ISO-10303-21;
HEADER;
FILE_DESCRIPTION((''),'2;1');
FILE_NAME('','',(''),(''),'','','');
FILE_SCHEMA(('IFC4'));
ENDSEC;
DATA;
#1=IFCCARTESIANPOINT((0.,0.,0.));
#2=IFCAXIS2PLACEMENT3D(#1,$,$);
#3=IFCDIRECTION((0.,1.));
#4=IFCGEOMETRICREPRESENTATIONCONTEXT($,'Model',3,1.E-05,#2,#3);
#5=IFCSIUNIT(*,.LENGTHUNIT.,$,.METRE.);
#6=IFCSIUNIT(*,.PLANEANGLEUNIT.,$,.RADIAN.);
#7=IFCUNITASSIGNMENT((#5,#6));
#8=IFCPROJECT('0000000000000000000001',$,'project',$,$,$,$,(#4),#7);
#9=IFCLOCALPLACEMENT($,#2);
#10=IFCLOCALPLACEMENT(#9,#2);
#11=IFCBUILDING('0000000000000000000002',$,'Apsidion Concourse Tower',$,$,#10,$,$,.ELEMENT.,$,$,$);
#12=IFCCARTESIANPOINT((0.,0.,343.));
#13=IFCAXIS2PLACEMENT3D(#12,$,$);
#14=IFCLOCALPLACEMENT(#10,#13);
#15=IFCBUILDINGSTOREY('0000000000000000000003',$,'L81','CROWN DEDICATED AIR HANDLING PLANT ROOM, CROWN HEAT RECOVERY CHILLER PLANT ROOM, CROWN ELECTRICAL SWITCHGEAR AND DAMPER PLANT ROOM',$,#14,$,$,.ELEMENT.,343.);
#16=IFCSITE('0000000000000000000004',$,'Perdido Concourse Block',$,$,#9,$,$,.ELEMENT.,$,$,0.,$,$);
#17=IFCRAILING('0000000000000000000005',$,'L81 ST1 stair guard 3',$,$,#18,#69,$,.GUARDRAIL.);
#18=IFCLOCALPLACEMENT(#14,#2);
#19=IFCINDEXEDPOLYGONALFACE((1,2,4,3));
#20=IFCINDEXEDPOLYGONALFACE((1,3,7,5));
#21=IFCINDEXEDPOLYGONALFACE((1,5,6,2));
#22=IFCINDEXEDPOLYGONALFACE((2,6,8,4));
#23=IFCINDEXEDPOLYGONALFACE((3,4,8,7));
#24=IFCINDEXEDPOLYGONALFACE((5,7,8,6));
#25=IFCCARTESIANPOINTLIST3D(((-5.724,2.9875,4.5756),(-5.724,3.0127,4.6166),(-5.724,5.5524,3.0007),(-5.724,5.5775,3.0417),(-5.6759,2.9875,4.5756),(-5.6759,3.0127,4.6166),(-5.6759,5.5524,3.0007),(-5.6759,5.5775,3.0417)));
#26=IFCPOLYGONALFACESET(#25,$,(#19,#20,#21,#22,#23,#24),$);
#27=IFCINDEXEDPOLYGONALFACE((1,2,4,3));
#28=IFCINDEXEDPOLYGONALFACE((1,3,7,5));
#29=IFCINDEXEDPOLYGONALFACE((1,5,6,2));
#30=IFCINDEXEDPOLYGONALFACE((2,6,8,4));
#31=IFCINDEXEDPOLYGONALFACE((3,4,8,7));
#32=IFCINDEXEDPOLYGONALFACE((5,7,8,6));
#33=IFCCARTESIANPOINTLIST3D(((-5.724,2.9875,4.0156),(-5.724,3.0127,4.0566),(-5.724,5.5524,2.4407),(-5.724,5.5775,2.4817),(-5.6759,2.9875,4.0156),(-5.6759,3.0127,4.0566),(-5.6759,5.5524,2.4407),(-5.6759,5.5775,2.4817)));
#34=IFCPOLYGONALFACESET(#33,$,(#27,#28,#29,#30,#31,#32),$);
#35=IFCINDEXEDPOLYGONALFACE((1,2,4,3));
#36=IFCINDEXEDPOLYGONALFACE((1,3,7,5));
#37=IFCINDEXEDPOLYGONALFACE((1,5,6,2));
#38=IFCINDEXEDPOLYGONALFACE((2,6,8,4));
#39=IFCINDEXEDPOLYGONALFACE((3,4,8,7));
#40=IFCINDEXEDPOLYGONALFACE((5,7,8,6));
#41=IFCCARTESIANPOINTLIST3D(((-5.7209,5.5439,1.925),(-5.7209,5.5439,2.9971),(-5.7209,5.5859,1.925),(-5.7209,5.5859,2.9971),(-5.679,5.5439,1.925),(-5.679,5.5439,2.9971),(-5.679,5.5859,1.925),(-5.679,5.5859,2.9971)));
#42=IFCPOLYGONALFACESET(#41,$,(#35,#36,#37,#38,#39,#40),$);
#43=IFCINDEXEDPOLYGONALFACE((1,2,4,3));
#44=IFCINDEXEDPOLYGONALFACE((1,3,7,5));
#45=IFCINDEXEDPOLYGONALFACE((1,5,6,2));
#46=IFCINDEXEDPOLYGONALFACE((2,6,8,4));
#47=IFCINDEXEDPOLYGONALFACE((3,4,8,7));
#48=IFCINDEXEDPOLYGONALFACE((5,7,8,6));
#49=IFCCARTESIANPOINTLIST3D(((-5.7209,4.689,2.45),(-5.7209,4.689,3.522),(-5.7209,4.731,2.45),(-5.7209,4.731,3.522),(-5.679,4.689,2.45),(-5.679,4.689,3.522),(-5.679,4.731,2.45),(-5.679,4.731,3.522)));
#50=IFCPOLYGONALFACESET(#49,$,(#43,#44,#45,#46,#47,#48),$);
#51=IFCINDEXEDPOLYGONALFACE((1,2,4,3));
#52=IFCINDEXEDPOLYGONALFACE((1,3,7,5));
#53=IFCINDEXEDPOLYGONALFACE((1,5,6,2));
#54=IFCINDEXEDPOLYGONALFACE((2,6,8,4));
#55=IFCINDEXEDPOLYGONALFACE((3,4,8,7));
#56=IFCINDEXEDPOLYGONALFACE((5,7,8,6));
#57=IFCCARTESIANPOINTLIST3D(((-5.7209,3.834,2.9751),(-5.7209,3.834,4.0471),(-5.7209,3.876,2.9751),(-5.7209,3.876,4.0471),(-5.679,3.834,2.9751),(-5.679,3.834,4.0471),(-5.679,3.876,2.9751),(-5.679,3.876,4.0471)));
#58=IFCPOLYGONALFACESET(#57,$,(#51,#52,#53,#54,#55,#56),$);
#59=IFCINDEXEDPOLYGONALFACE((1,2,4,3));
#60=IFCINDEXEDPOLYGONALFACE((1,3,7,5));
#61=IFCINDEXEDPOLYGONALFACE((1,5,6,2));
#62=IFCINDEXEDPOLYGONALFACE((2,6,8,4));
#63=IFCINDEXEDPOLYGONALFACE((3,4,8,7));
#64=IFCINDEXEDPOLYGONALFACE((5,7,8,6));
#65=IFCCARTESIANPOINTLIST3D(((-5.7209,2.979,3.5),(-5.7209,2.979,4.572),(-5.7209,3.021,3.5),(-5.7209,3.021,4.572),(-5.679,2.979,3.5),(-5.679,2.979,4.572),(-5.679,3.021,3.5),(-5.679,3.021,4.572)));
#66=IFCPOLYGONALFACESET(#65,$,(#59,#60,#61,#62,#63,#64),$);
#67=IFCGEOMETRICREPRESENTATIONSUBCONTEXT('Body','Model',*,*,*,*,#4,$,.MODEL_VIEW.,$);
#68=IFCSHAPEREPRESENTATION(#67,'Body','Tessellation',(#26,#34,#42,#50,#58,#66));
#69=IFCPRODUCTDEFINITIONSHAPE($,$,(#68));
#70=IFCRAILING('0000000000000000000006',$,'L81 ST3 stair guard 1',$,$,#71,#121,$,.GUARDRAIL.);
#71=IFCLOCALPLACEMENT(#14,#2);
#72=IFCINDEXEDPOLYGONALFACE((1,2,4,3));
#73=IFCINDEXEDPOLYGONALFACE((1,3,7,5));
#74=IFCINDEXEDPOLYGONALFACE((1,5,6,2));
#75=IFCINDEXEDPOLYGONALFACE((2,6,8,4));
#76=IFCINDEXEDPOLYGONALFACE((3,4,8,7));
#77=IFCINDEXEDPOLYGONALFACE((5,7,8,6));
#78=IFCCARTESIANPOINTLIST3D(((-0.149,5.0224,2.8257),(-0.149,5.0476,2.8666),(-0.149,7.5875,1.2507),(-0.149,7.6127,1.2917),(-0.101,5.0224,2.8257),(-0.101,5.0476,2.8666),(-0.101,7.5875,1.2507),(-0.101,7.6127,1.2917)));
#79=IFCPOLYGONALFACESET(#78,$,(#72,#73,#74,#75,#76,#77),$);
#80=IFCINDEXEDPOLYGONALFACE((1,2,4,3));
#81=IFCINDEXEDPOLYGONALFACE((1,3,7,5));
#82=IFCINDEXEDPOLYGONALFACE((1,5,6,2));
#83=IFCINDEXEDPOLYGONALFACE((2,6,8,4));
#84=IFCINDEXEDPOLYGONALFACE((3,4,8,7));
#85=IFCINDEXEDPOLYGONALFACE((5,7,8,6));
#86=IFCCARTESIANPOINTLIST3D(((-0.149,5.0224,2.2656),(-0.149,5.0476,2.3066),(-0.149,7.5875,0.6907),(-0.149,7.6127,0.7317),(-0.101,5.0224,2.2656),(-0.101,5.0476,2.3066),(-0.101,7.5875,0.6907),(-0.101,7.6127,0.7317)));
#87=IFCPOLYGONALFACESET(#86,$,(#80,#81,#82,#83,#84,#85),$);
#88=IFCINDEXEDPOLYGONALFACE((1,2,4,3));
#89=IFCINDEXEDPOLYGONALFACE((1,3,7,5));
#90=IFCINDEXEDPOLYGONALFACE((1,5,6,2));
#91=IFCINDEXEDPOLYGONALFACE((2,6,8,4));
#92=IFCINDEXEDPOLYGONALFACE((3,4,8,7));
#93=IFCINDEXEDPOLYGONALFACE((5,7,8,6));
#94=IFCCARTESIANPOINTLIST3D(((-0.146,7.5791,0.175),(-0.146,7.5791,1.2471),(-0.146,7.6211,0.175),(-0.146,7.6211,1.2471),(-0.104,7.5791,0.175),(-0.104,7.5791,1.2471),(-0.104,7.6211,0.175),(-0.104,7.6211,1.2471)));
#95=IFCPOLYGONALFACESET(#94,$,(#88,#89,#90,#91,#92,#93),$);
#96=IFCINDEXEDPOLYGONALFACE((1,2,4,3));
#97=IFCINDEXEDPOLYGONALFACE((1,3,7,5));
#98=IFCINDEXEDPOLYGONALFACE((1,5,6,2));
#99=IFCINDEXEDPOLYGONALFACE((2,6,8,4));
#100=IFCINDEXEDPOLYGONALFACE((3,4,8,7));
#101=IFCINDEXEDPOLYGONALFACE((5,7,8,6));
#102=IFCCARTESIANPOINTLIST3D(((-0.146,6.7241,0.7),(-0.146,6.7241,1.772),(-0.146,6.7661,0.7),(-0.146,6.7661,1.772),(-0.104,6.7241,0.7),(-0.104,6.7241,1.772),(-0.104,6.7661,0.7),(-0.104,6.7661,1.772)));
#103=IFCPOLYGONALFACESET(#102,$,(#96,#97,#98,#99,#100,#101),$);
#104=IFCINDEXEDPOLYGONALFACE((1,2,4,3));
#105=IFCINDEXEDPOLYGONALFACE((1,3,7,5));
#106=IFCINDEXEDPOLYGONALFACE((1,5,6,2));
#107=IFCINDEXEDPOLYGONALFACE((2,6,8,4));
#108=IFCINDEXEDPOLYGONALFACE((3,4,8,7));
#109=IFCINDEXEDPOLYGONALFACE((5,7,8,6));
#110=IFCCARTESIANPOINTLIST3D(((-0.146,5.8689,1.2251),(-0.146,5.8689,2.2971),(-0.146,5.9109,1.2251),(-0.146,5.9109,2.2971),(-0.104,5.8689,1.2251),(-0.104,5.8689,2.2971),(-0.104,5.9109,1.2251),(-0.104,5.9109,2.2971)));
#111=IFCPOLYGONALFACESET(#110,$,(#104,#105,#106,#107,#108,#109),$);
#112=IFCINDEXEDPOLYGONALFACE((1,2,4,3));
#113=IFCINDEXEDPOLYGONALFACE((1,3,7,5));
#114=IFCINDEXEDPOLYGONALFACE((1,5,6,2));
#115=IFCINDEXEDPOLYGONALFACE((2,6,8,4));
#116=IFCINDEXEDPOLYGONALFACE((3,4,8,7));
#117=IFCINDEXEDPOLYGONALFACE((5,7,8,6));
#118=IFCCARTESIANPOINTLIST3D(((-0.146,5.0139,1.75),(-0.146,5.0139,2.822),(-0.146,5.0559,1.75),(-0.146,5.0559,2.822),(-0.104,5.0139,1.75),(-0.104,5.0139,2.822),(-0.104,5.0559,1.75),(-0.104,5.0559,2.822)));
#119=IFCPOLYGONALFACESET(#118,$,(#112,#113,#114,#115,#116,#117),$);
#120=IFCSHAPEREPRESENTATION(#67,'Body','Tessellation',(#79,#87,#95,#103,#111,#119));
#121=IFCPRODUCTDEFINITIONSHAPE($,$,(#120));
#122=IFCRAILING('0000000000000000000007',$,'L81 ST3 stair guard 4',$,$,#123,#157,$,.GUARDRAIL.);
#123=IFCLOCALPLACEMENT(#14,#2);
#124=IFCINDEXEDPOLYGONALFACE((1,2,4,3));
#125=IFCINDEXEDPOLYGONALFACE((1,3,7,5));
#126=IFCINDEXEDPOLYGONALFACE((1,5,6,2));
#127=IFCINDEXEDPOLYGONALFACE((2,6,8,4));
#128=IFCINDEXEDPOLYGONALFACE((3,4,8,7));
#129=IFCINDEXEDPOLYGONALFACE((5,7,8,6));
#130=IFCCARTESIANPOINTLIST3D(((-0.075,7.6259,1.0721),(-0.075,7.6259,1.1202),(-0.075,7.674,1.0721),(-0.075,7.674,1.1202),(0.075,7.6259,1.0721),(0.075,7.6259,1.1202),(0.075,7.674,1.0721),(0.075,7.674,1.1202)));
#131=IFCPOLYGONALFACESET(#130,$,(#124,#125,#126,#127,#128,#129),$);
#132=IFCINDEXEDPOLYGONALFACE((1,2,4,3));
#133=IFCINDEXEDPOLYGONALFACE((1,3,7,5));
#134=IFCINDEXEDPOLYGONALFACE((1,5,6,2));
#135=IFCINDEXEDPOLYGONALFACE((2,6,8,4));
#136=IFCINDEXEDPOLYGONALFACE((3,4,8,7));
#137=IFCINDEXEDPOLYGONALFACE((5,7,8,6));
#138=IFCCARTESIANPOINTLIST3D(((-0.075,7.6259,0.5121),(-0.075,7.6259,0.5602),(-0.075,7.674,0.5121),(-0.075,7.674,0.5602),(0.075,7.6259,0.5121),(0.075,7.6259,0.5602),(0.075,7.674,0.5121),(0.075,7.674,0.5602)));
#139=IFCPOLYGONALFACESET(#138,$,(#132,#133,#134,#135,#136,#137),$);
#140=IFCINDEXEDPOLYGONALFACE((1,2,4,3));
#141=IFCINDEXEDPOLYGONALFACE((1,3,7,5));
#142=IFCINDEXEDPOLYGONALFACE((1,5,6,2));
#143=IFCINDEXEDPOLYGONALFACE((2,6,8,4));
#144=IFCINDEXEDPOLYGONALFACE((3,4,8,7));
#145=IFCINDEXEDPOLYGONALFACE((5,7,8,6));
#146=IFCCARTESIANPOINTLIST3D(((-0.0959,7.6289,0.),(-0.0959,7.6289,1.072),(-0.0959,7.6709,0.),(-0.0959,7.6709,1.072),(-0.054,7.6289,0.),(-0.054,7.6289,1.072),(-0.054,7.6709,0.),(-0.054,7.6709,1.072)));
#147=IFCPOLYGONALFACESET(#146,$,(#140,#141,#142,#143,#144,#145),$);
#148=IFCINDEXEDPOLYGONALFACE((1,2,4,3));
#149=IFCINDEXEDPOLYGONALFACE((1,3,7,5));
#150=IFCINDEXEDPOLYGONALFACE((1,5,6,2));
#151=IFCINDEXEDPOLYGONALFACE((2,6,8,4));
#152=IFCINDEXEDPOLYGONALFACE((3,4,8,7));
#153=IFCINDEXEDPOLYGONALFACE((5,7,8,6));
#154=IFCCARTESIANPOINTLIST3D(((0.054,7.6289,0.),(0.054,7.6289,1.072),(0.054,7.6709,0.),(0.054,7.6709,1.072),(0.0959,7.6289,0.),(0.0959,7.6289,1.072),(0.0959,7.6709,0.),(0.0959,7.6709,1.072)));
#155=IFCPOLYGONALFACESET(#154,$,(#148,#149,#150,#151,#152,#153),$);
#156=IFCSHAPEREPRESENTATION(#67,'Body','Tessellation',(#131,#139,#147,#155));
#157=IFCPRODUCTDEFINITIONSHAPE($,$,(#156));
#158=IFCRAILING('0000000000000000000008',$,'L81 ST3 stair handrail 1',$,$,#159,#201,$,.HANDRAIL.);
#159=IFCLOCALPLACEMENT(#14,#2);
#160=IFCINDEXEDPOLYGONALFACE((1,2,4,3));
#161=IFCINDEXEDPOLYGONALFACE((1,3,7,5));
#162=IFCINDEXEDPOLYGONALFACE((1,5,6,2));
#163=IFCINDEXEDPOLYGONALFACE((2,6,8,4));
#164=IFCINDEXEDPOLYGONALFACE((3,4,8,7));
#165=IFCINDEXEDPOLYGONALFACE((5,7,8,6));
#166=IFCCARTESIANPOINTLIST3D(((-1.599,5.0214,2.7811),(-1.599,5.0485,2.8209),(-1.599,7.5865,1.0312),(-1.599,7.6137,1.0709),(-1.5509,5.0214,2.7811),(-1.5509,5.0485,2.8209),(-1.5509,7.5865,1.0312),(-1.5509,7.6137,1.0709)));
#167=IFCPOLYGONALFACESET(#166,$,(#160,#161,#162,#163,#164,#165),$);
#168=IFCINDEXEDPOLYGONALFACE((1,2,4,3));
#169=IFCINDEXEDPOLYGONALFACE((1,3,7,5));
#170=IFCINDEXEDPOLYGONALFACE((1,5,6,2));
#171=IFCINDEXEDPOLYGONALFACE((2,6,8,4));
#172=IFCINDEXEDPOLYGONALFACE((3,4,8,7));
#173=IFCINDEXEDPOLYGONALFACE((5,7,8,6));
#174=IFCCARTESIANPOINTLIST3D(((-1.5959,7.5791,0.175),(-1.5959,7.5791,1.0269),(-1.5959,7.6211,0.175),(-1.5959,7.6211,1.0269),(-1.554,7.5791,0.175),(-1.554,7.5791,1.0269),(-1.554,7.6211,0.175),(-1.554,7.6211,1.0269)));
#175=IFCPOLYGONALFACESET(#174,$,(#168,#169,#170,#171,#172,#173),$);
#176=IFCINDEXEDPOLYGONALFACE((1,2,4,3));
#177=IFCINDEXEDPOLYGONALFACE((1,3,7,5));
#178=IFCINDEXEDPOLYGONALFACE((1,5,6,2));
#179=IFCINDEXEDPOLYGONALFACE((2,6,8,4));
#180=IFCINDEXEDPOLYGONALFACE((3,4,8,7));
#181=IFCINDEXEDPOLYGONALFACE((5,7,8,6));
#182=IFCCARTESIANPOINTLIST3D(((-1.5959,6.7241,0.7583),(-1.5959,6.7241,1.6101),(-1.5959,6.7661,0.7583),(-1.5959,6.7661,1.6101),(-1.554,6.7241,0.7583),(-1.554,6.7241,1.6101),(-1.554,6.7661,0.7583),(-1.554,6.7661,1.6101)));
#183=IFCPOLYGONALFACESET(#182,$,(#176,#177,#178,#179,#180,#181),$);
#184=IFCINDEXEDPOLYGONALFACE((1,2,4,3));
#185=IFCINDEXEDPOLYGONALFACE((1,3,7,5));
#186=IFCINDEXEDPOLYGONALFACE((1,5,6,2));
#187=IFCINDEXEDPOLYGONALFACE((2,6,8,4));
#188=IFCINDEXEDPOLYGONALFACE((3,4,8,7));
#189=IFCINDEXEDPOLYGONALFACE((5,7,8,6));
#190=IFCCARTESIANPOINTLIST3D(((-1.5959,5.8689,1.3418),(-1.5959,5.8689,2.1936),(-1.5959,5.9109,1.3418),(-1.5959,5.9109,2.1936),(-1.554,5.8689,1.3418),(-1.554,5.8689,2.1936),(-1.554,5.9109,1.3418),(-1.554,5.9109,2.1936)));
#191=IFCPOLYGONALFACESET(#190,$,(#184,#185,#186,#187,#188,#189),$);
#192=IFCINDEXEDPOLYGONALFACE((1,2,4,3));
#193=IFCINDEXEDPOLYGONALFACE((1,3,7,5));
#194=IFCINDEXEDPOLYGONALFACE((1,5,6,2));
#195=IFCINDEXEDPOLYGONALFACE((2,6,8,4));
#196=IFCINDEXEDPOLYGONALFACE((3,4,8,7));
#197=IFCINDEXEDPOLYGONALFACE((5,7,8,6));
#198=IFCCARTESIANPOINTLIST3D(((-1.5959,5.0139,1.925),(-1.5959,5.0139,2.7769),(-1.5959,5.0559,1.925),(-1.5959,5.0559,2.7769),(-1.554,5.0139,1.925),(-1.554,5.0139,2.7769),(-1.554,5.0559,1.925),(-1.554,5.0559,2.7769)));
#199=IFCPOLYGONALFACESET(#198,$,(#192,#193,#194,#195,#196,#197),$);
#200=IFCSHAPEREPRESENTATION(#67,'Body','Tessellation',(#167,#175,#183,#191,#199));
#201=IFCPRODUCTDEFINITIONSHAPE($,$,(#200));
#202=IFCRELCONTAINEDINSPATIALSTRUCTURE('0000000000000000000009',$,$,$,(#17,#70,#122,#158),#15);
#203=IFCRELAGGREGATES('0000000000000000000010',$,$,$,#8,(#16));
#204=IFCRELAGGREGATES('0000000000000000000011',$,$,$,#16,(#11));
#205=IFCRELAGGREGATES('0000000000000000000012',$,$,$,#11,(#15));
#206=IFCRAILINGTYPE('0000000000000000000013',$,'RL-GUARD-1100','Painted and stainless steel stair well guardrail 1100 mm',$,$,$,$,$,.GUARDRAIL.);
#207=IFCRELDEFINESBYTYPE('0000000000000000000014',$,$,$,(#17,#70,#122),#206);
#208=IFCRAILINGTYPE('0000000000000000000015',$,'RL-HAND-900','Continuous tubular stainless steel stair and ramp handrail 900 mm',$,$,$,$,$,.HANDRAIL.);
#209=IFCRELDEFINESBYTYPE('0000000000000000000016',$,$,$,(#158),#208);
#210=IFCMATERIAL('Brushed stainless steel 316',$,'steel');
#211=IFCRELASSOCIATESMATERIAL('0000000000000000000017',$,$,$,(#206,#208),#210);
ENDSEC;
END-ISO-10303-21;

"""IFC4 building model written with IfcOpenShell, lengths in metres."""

from ifc_helpers import new_model, si_unit, direction, frame, origin, origin_2d, place, context, subcontext, project, spatial, rectangle, extrude, material, type_object, element, save


model = new_model("IFC4")

# Units and contexts
model_context = context("Model", 3, precision=1e-05, world=origin(), true_north=direction((0.0, 1.0)))
body_context = subcontext(model_context, "Body", "Model", "MODEL_VIEW")
ifc_project = project(units=[si_unit("LENGTHUNIT", "METRE"), si_unit("PLANEANGLEUNIT", "RADIAN")], contexts=[model_context])

# Site, building, storey
site_placement = place(None, origin())
site = spatial("IfcSite", under=ifc_project, at=site_placement, Name="Perdido Concourse Block", CompositionType="ELEMENT", RefElevation=0.0)
building_placement = place(site_placement, origin())
building = spatial("IfcBuilding", under=site, at=building_placement, Name="Apsidion Concourse Tower", CompositionType="ELEMENT")
storey_placement = place(building_placement, frame((0.0, 0.0, 343.0)))
storey = spatial("IfcBuildingStorey", under=building, at=storey_placement, Name="L81", Description="CROWN DEDICATED AIR HANDLING PLANT ROOM, CROWN HEAT RECOVERY CHILLER PLANT ROOM, CROWN ELECTRICAL SWITCHGEAR AND DAMPER PLANT ROOM", CompositionType="ELEMENT", Elevation=343.0)

# Shared definitions
ifc_material_1 = material(Name="Brushed stainless steel 316", Category="steel")

# Railings
railing_type_1 = type_object("IfcRailingType", Name="RL-GUARD-1100", Description="Painted and stainless steel stair well guardrail 1100 mm", PredefinedType="GUARDRAIL", material=ifc_material_1)
railing_1_placement = place(storey_placement, frame((-5.7, 5.5649, 1.925)))
element("IfcRailing", 1, at=railing_1_placement, inside=storey, type_object=railing_type_1, Name="L81 ST1 stair guard 3", PredefinedType="GUARDRAIL", context=body_context, shape_type="SweptSolid", body=[
    extrude(rectangle(XDim=0.0481, YDim=0.0481, at=origin_2d()), frame((0.0, 0.0, 1.0962), z_axis=(0.0, -0.852173, 0.52326), x_axis=(1.0, 0.0, 0.0)), (0.0, 0.0, 1.0), 3.0098),
    extrude(rectangle(XDim=0.0481, YDim=0.0481, at=origin_2d()), frame((0.0, 0.0, 0.5361), z_axis=(0.0, -0.852173, 0.52326), x_axis=(1.0, 0.0, 0.0)), (0.0, 0.0, 1.0), 3.0098),
    extrude(rectangle(XDim=0.042, YDim=0.042, at=origin_2d()), origin(), (0.0, 0.0, 1.0), 1.072),
    extrude(rectangle(XDim=0.042, YDim=0.042, at=origin_2d()), frame((0.0, -0.855, 0.5249)), (0.0, 0.0, 1.0), 1.072),
    extrude(rectangle(XDim=0.042, YDim=0.042, at=origin_2d()), frame((0.0, -1.71, 1.05)), (0.0, 0.0, 1.0), 1.072),
    extrude(rectangle(XDim=0.042, YDim=0.042, at=origin_2d()), frame((0.0, -2.5649, 1.575)), (0.0, 0.0, 1.0), 1.072),
])
railing_2_placement = place(storey_placement, frame((-0.125, 7.6001, 0.175)))
element("IfcRailing", 2, at=railing_2_placement, inside=storey, type_object=railing_type_1, Name="L81 ST3 stair guard 1", PredefinedType="GUARDRAIL", context=body_context, shape_type="SweptSolid", body=[
    extrude(rectangle(XDim=0.0481, YDim=0.0481, at=origin_2d()), frame((0.0, 0.0, 1.0962), z_axis=(0.0, -0.852195, 0.523224), x_axis=(1.0, 0.0, 0.0)), (0.0, 0.0, 1.0), 3.01),
    extrude(rectangle(XDim=0.0481, YDim=0.0481, at=origin_2d()), frame((0.0, 0.0, 0.5361), z_axis=(0.0, -0.852195, 0.523224), x_axis=(1.0, 0.0, 0.0)), (0.0, 0.0, 1.0), 3.01),
    extrude(rectangle(XDim=0.042, YDim=0.042, at=origin_2d()), origin(), (0.0, 0.0, 1.0), 1.072),
    extrude(rectangle(XDim=0.042, YDim=0.042, at=origin_2d()), frame((0.0, -0.855, 0.5249)), (0.0, 0.0, 1.0), 1.072),
    extrude(rectangle(XDim=0.042, YDim=0.042, at=origin_2d()), frame((0.0, -1.7102, 1.05)), (0.0, 0.0, 1.0), 1.072),
    extrude(rectangle(XDim=0.042, YDim=0.042, at=origin_2d()), frame((0.0, -2.5652, 1.575)), (0.0, 0.0, 1.0), 1.072),
])
railing_3_placement = place(storey_placement, frame((-0.075, 7.6499, 0.0)))
element("IfcRailing", 3, at=railing_3_placement, inside=storey, type_object=railing_type_1, Name="L81 ST3 stair guard 4", PredefinedType="GUARDRAIL", context=body_context, shape_type="SweptSolid", body=[
    extrude(rectangle(XDim=0.0481, YDim=0.0481, at=origin_2d()), frame((0.0, 0.0, 1.0962), z_axis=(1.0, 0.0, 0.0), x_axis=(0.0, 1.0, 0.0)), (0.0, 0.0, 1.0), 0.1499),
    extrude(rectangle(XDim=0.0481, YDim=0.0481, at=origin_2d()), frame((0.0, 0.0, 0.5361), z_axis=(1.0, 0.0, 0.0), x_axis=(0.0, 1.0, 0.0)), (0.0, 0.0, 1.0), 0.1499),
    extrude(rectangle(XDim=0.042, YDim=0.042, at=origin_2d()), origin(), (0.0, 0.0, 1.0), 1.072),
    extrude(rectangle(XDim=0.042, YDim=0.042, at=origin_2d()), frame((0.1499, 0.0, 0.0)), (0.0, 0.0, 1.0), 1.072),
])
railing_type_2 = type_object("IfcRailingType", Name="RL-HAND-900", Description="Continuous tubular stainless steel stair and ramp handrail 900 mm", PredefinedType="HANDRAIL", material=ifc_material_1)
railing_4_placement = place(storey_placement, frame((-1.575, 7.6001, 0.175)))
element("IfcRailing", 4, at=railing_4_placement, inside=storey, type_object=railing_type_2, Name="L81 ST3 stair handrail 1", PredefinedType="HANDRAIL", context=body_context, shape_type="SweptSolid", body=[
    extrude(rectangle(XDim=0.0481, YDim=0.0481, at=origin_2d()), frame((0.0, 0.0, 0.876), z_axis=(0.0, -0.826076, 0.563559), x_axis=(1.0, 0.0, 0.0)), (0.0, 0.0, 1.0), 3.1052),
    extrude(rectangle(XDim=0.042, YDim=0.042, at=origin_2d()), origin(), (0.0, 0.0, 1.0), 0.8518),
    extrude(rectangle(XDim=0.042, YDim=0.042, at=origin_2d()), frame((0.0, -0.855, 0.5833)), (0.0, 0.0, 1.0), 0.8518),
    extrude(rectangle(XDim=0.042, YDim=0.042, at=origin_2d()), frame((0.0, -1.7102, 1.1667)), (0.0, 0.0, 1.0), 0.8518),
    extrude(rectangle(XDim=0.042, YDim=0.042, at=origin_2d()), frame((0.0, -2.5652, 1.75)), (0.0, 0.0, 1.0), 0.8518),
])

save(model, "model.ifc")
